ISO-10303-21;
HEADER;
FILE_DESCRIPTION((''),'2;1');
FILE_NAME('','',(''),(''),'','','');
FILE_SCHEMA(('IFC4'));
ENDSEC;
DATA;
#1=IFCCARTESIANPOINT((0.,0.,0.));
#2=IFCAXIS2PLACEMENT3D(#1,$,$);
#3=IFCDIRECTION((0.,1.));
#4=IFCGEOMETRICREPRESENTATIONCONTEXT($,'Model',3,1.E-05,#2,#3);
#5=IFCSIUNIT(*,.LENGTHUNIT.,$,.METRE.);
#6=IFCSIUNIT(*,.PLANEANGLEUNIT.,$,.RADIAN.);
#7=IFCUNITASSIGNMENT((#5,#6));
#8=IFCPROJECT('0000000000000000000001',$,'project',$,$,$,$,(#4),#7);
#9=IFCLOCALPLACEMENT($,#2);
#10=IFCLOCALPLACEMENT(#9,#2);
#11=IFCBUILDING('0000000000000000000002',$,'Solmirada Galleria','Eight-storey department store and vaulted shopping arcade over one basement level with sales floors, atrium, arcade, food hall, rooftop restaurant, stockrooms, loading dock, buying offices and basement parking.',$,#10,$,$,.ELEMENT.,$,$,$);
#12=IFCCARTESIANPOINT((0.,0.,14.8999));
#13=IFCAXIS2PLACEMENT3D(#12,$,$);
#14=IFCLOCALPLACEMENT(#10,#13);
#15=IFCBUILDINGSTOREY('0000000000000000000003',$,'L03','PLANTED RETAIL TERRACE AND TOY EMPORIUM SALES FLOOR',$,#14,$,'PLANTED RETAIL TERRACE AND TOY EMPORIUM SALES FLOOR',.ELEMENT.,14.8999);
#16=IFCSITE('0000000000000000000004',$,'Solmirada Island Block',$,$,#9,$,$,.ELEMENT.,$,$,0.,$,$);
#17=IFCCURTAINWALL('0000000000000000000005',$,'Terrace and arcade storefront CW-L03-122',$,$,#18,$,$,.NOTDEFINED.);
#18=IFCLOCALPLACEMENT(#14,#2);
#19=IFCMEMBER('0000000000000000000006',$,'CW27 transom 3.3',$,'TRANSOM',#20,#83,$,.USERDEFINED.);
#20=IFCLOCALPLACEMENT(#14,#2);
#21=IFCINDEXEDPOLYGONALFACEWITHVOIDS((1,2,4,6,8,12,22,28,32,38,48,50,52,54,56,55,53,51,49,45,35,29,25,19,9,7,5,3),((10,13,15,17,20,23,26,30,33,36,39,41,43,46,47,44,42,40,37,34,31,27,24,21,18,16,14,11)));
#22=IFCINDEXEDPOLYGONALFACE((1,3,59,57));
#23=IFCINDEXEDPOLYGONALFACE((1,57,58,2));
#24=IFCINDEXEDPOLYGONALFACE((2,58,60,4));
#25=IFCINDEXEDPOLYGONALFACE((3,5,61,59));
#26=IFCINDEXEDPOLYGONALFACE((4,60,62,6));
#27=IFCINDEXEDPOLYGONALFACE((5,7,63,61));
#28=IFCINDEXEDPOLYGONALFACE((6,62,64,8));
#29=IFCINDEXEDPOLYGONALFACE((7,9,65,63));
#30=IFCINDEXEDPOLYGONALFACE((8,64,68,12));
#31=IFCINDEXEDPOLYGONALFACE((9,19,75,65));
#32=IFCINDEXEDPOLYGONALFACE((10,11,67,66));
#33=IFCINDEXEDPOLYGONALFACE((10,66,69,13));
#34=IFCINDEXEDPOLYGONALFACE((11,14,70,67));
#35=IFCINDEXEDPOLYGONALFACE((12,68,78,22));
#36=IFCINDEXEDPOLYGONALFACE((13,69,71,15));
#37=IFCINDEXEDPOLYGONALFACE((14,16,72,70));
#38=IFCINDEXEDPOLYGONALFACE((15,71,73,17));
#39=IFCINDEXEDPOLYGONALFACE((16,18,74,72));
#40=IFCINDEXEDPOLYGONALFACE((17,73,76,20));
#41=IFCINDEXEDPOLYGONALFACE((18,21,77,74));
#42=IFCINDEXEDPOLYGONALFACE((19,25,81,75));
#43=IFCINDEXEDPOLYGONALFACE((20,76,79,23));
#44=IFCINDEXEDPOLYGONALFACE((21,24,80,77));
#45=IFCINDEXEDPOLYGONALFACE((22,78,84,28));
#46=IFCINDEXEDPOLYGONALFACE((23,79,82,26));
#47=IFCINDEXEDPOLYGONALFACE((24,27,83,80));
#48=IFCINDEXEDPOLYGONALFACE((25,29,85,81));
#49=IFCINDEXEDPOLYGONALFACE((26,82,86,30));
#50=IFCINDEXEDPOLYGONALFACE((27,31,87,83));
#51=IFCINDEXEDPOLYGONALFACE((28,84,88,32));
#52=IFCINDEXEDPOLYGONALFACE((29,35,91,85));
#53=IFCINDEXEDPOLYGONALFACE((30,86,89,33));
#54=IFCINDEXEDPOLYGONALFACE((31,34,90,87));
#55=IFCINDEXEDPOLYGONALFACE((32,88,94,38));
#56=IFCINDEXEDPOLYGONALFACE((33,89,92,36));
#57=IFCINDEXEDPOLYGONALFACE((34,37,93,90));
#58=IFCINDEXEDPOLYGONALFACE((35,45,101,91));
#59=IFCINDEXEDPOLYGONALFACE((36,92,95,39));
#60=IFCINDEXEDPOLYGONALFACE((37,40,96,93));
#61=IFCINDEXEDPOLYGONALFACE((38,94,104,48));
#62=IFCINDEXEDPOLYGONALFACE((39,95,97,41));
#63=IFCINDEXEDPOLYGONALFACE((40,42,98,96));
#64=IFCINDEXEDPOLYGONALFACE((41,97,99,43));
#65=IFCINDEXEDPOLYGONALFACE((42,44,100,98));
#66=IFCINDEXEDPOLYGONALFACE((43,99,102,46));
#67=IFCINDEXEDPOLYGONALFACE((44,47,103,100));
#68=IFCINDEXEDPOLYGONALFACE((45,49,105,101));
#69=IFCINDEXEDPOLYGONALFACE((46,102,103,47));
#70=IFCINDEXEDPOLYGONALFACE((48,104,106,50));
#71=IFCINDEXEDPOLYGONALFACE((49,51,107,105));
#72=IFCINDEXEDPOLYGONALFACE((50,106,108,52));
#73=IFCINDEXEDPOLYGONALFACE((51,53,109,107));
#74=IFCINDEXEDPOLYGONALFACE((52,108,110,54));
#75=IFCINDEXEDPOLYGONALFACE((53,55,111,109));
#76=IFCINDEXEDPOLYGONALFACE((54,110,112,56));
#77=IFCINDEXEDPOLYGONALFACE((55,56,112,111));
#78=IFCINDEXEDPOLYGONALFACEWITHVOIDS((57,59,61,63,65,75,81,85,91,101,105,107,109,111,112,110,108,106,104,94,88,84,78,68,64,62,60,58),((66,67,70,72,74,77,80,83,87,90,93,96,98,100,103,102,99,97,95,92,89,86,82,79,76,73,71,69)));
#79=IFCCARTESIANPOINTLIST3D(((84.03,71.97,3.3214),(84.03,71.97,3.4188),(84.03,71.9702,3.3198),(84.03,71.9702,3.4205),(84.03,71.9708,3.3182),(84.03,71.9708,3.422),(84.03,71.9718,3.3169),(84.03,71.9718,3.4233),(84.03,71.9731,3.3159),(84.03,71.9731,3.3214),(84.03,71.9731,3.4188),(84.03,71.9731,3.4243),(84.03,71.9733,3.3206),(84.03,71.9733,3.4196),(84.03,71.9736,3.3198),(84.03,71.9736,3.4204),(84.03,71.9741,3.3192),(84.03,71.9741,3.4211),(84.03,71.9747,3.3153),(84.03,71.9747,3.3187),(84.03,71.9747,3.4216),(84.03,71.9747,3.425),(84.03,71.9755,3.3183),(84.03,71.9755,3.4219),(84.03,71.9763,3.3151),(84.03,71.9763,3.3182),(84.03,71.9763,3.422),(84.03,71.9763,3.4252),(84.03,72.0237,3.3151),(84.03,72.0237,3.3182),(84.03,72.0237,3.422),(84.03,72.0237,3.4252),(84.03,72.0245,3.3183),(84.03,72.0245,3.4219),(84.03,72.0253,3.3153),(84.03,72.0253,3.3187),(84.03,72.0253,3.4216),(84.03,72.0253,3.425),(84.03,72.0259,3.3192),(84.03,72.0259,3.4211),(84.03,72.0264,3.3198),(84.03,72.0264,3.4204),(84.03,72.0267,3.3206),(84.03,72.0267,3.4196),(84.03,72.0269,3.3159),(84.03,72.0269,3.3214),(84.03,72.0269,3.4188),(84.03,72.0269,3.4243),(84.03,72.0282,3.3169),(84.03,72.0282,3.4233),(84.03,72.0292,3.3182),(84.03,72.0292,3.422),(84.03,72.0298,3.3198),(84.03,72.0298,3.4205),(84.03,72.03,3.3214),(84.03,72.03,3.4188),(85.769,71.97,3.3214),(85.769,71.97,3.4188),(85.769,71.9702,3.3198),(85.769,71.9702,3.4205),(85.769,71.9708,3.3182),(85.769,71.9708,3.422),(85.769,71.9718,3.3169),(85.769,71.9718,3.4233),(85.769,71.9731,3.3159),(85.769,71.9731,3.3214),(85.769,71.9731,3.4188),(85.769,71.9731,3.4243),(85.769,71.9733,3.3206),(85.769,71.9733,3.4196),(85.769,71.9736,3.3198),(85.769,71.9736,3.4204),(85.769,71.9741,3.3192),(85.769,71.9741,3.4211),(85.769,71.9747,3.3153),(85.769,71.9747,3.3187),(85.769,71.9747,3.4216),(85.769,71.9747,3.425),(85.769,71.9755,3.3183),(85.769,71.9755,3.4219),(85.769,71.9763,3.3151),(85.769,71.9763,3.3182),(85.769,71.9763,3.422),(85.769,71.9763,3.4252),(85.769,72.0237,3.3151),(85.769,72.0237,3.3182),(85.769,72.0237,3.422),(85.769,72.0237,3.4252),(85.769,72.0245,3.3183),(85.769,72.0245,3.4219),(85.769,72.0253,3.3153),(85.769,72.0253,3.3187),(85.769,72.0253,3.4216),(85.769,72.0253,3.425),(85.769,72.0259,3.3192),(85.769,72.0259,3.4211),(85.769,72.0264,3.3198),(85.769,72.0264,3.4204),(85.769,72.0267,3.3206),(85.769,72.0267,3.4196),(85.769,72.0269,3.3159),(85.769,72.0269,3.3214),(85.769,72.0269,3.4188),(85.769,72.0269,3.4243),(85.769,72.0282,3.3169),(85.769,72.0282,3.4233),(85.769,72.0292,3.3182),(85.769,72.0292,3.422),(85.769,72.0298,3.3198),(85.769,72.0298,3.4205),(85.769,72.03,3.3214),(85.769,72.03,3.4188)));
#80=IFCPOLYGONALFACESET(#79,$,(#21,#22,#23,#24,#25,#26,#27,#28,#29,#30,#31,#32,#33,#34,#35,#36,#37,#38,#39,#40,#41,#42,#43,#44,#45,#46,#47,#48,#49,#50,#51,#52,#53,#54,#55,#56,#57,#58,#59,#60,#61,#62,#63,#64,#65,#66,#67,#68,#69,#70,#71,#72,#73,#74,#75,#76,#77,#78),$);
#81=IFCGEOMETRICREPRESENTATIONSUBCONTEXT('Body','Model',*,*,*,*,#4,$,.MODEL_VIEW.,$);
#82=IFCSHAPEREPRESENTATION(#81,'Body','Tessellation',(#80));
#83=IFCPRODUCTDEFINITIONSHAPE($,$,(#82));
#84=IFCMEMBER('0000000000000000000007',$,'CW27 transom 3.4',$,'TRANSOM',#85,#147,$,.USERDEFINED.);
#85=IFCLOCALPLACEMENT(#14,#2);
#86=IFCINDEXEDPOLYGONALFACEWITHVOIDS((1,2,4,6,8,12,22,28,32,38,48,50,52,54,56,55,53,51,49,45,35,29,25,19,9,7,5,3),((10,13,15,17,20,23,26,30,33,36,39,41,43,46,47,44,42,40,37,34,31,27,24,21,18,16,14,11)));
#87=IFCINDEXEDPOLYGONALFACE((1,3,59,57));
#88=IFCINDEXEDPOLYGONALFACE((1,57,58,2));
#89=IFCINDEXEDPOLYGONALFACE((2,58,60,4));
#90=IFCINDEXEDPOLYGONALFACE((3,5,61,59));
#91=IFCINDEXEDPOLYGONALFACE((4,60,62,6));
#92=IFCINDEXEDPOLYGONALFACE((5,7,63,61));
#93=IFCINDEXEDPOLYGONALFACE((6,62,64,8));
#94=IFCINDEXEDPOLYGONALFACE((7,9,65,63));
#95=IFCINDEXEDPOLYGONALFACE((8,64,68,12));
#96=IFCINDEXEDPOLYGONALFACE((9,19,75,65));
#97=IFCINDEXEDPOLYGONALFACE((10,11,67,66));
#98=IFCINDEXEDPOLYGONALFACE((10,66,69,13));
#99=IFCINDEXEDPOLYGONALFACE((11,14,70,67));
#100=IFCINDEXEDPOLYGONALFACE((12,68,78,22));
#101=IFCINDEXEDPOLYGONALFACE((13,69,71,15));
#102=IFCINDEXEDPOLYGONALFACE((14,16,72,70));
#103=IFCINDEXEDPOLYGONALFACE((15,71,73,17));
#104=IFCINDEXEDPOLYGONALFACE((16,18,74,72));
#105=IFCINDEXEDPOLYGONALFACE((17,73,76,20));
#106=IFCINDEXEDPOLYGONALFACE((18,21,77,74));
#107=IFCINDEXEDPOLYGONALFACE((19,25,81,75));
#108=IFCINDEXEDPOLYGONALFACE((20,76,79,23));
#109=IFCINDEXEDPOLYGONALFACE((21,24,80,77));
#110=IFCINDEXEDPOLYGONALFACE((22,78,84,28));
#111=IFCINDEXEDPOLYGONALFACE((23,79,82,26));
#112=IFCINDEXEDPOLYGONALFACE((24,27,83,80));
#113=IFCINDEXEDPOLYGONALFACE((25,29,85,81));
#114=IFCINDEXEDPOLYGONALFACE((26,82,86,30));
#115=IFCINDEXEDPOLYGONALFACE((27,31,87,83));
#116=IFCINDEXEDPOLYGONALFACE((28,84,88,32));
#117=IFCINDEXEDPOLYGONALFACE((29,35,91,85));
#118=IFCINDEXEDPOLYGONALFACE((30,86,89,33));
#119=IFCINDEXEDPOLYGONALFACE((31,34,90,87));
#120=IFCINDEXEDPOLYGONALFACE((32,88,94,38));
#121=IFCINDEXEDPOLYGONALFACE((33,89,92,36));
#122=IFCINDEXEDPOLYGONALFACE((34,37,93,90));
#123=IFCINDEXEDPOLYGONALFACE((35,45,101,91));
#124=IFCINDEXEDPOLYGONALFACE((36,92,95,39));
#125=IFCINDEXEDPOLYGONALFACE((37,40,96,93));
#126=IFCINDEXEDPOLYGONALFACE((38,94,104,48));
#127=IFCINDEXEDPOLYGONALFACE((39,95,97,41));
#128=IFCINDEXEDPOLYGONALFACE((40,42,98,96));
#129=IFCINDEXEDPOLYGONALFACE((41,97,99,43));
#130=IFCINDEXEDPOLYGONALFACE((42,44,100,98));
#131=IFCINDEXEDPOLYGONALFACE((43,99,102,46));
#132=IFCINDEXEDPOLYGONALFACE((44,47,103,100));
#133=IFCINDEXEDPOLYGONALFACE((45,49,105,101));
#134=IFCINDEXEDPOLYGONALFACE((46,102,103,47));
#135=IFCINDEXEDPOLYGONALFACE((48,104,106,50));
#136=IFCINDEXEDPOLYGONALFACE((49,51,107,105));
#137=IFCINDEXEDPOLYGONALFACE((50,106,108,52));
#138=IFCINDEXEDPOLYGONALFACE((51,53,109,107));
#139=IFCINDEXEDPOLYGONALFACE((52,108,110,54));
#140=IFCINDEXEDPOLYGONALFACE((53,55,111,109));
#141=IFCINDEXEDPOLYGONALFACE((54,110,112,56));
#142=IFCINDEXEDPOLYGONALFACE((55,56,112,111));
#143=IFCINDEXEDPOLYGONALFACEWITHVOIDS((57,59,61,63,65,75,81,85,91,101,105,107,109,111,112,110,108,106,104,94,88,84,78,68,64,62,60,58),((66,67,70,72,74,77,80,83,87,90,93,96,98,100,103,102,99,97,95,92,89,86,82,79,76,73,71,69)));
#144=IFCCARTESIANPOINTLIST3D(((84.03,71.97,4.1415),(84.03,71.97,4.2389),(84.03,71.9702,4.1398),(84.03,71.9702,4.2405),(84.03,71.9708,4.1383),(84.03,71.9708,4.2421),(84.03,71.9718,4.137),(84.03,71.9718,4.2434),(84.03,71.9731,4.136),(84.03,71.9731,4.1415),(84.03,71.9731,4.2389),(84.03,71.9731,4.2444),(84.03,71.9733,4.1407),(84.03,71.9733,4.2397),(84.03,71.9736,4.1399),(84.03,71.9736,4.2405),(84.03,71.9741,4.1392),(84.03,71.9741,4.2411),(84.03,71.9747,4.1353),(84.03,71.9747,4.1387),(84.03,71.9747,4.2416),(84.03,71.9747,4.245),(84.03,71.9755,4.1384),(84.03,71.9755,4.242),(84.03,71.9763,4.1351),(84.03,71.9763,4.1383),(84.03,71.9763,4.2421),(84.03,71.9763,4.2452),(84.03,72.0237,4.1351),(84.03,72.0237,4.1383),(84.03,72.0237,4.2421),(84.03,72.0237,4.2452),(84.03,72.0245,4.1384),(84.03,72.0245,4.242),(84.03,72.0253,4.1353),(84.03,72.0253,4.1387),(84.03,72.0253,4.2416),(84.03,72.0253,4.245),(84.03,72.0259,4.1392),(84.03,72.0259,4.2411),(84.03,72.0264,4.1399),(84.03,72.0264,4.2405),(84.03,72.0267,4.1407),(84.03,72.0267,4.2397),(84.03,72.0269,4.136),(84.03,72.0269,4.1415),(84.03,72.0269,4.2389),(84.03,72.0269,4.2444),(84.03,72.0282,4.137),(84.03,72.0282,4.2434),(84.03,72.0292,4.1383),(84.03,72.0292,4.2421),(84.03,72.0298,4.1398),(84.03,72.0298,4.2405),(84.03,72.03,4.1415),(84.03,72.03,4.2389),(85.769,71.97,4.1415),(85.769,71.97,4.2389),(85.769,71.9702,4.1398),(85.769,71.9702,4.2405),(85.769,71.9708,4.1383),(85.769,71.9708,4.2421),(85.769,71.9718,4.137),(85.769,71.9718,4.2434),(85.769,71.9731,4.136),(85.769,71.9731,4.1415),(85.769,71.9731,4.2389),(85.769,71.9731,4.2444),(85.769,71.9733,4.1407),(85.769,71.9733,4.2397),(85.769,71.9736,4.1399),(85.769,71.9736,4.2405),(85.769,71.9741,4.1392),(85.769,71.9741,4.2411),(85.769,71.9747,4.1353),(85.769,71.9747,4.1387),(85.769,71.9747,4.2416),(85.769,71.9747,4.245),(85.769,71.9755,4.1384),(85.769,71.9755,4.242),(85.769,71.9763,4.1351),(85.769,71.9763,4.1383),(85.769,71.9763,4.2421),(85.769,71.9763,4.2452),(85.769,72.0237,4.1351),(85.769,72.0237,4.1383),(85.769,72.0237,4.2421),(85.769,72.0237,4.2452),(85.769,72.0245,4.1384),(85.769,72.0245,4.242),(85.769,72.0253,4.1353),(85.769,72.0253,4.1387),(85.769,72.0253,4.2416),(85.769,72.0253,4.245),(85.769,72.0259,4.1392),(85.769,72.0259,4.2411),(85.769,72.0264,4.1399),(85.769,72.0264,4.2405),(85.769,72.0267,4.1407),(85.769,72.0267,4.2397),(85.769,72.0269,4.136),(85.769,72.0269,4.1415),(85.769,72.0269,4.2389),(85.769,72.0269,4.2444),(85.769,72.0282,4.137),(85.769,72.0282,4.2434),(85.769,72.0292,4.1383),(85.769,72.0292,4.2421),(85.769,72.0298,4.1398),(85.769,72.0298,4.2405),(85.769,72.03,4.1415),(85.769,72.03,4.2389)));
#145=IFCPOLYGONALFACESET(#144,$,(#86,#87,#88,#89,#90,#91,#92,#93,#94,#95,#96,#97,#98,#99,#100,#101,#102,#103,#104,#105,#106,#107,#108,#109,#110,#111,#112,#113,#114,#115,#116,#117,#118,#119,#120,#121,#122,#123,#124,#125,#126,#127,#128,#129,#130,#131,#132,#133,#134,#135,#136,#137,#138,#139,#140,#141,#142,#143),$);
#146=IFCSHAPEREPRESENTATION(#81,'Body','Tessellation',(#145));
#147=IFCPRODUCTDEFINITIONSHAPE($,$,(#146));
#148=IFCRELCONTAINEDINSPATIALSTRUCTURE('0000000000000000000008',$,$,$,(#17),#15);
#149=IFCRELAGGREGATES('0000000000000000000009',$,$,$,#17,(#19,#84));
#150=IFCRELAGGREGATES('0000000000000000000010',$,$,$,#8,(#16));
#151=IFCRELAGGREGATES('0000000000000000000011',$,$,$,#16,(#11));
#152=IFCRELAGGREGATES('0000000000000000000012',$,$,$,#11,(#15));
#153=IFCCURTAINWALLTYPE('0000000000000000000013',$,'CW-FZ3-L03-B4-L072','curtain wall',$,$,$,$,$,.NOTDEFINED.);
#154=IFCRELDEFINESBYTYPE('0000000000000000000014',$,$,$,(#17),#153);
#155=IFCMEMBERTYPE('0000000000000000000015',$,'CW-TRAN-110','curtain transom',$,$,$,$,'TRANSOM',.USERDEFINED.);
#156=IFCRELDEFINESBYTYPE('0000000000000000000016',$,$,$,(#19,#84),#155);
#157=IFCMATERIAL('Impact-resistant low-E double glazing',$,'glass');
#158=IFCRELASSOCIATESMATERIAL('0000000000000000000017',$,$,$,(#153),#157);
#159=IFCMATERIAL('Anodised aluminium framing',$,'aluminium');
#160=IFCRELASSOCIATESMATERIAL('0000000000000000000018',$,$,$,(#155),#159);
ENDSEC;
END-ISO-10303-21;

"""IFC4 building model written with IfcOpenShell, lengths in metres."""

from ifc_helpers import new_model, si_unit, direction, frame, origin, origin_2d, place, context, subcontext, project, spatial, hollow_rectangle, extrude, material, material_profile, profile_set, type_object, element, aggregate, save


model = new_model("IFC4")

# Units and contexts
model_context = context("Model", 3, precision=1e-05, world=origin(), true_north=direction((0.0, 1.0)))
body_context = subcontext(model_context, "Body", "Model", "MODEL_VIEW")
ifc_project = project(units=[si_unit("LENGTHUNIT", "METRE"), si_unit("PLANEANGLEUNIT", "RADIAN")], contexts=[model_context])

# Site, building, storey
site_placement = place(None, origin())
site = spatial("IfcSite", under=ifc_project, at=site_placement, Name="Solmirada Island Block", CompositionType="ELEMENT", RefElevation=0.0)
building_placement = place(site_placement, origin())
building = spatial("IfcBuilding", under=site, at=building_placement, Name="Solmirada Galleria", Description="Eight-storey department store and vaulted shopping arcade over one basement level with sales floors, atrium, arcade, food hall, rooftop restaurant, stockrooms, loading dock, buying offices and basement parking.", CompositionType="ELEMENT")
storey_placement = place(building_placement, frame((0.0, 0.0, 14.8999)))
storey = spatial("IfcBuildingStorey", under=building, at=storey_placement, Name="L03", Description="PLANTED RETAIL TERRACE AND TOY EMPORIUM SALES FLOOR", LongName="PLANTED RETAIL TERRACE AND TOY EMPORIUM SALES FLOOR", CompositionType="ELEMENT", Elevation=14.8999)

# Shared definitions
ifc_material_1 = material(Name="Impact-resistant low-E double glazing", Category="glass")
curtain_wall_type = type_object("IfcCurtainWallType", Name="CW-FZ3-L03-B4-L072", Description="curtain wall", PredefinedType="NOTDEFINED", material=ifc_material_1)
ifc_material_2 = material(Name="Anodised aluminium framing", Category="aluminium")

# Curtain wall, members
curtain_wall_1_placement = place(storey_placement, origin())
curtain_wall_1 = element("IfcCurtainWall", 1, at=curtain_wall_1_placement, inside=storey, type_object=curtain_wall_type, Name="Terrace and arcade storefront CW-L03-122", PredefinedType="NOTDEFINED")
ifc_material_profile_1 = material_profile(ifc_material_2, hollow_rectangle(XDim=0.0601, YDim=0.1101, WallThickness=0.0032, InnerFilletRadius=0.0032, OuterFilletRadius=0.0063, at=origin_2d()), Name="ALU-TRAN-110X60")
ifc_profile_set_1 = profile_set([ifc_material_profile_1], Name="Anodised aluminium framing")
member_type_1 = type_object("IfcMemberType", Name="CW-TRAN-110", Description="curtain transom", ElementType="TRANSOM", PredefinedType="USERDEFINED", material=ifc_profile_set_1)
member_1_placement = place(storey_placement, frame((84.03, 72.0, 3.3701), z_axis=(1.0, 0.0, 0.0), x_axis=(0.0, 1.0, 0.0)))
member_1 = element("IfcMember", 2, at=member_1_placement, type_object=member_type_1, Name="CW27 transom 3.3", ObjectType="TRANSOM", PredefinedType="USERDEFINED", context=body_context, shape_type="SweptSolid", body=[
    extrude(hollow_rectangle(XDim=0.0601, YDim=0.1101, WallThickness=0.0032, InnerFilletRadius=0.0032, OuterFilletRadius=0.0063, at=origin_2d()), origin(), (0.0, 0.0, 1.0), 1.739),
])
member_2_placement = place(storey_placement, frame((84.03, 72.0, 4.1902), z_axis=(1.0, 0.0, 0.0), x_axis=(0.0, 1.0, 0.0)))
member_2 = element("IfcMember", 3, at=member_2_placement, type_object=member_type_1, Name="CW27 transom 3.4", ObjectType="TRANSOM", PredefinedType="USERDEFINED", context=body_context, shape_type="SweptSolid", body=[
    extrude(hollow_rectangle(XDim=0.0601, YDim=0.1101, WallThickness=0.0032, InnerFilletRadius=0.0032, OuterFilletRadius=0.0063, at=origin_2d()), origin(), (0.0, 0.0, 1.0), 1.739),
])
aggregate(curtain_wall_1, [member_1, member_2])

save(model, "model.ifc")
